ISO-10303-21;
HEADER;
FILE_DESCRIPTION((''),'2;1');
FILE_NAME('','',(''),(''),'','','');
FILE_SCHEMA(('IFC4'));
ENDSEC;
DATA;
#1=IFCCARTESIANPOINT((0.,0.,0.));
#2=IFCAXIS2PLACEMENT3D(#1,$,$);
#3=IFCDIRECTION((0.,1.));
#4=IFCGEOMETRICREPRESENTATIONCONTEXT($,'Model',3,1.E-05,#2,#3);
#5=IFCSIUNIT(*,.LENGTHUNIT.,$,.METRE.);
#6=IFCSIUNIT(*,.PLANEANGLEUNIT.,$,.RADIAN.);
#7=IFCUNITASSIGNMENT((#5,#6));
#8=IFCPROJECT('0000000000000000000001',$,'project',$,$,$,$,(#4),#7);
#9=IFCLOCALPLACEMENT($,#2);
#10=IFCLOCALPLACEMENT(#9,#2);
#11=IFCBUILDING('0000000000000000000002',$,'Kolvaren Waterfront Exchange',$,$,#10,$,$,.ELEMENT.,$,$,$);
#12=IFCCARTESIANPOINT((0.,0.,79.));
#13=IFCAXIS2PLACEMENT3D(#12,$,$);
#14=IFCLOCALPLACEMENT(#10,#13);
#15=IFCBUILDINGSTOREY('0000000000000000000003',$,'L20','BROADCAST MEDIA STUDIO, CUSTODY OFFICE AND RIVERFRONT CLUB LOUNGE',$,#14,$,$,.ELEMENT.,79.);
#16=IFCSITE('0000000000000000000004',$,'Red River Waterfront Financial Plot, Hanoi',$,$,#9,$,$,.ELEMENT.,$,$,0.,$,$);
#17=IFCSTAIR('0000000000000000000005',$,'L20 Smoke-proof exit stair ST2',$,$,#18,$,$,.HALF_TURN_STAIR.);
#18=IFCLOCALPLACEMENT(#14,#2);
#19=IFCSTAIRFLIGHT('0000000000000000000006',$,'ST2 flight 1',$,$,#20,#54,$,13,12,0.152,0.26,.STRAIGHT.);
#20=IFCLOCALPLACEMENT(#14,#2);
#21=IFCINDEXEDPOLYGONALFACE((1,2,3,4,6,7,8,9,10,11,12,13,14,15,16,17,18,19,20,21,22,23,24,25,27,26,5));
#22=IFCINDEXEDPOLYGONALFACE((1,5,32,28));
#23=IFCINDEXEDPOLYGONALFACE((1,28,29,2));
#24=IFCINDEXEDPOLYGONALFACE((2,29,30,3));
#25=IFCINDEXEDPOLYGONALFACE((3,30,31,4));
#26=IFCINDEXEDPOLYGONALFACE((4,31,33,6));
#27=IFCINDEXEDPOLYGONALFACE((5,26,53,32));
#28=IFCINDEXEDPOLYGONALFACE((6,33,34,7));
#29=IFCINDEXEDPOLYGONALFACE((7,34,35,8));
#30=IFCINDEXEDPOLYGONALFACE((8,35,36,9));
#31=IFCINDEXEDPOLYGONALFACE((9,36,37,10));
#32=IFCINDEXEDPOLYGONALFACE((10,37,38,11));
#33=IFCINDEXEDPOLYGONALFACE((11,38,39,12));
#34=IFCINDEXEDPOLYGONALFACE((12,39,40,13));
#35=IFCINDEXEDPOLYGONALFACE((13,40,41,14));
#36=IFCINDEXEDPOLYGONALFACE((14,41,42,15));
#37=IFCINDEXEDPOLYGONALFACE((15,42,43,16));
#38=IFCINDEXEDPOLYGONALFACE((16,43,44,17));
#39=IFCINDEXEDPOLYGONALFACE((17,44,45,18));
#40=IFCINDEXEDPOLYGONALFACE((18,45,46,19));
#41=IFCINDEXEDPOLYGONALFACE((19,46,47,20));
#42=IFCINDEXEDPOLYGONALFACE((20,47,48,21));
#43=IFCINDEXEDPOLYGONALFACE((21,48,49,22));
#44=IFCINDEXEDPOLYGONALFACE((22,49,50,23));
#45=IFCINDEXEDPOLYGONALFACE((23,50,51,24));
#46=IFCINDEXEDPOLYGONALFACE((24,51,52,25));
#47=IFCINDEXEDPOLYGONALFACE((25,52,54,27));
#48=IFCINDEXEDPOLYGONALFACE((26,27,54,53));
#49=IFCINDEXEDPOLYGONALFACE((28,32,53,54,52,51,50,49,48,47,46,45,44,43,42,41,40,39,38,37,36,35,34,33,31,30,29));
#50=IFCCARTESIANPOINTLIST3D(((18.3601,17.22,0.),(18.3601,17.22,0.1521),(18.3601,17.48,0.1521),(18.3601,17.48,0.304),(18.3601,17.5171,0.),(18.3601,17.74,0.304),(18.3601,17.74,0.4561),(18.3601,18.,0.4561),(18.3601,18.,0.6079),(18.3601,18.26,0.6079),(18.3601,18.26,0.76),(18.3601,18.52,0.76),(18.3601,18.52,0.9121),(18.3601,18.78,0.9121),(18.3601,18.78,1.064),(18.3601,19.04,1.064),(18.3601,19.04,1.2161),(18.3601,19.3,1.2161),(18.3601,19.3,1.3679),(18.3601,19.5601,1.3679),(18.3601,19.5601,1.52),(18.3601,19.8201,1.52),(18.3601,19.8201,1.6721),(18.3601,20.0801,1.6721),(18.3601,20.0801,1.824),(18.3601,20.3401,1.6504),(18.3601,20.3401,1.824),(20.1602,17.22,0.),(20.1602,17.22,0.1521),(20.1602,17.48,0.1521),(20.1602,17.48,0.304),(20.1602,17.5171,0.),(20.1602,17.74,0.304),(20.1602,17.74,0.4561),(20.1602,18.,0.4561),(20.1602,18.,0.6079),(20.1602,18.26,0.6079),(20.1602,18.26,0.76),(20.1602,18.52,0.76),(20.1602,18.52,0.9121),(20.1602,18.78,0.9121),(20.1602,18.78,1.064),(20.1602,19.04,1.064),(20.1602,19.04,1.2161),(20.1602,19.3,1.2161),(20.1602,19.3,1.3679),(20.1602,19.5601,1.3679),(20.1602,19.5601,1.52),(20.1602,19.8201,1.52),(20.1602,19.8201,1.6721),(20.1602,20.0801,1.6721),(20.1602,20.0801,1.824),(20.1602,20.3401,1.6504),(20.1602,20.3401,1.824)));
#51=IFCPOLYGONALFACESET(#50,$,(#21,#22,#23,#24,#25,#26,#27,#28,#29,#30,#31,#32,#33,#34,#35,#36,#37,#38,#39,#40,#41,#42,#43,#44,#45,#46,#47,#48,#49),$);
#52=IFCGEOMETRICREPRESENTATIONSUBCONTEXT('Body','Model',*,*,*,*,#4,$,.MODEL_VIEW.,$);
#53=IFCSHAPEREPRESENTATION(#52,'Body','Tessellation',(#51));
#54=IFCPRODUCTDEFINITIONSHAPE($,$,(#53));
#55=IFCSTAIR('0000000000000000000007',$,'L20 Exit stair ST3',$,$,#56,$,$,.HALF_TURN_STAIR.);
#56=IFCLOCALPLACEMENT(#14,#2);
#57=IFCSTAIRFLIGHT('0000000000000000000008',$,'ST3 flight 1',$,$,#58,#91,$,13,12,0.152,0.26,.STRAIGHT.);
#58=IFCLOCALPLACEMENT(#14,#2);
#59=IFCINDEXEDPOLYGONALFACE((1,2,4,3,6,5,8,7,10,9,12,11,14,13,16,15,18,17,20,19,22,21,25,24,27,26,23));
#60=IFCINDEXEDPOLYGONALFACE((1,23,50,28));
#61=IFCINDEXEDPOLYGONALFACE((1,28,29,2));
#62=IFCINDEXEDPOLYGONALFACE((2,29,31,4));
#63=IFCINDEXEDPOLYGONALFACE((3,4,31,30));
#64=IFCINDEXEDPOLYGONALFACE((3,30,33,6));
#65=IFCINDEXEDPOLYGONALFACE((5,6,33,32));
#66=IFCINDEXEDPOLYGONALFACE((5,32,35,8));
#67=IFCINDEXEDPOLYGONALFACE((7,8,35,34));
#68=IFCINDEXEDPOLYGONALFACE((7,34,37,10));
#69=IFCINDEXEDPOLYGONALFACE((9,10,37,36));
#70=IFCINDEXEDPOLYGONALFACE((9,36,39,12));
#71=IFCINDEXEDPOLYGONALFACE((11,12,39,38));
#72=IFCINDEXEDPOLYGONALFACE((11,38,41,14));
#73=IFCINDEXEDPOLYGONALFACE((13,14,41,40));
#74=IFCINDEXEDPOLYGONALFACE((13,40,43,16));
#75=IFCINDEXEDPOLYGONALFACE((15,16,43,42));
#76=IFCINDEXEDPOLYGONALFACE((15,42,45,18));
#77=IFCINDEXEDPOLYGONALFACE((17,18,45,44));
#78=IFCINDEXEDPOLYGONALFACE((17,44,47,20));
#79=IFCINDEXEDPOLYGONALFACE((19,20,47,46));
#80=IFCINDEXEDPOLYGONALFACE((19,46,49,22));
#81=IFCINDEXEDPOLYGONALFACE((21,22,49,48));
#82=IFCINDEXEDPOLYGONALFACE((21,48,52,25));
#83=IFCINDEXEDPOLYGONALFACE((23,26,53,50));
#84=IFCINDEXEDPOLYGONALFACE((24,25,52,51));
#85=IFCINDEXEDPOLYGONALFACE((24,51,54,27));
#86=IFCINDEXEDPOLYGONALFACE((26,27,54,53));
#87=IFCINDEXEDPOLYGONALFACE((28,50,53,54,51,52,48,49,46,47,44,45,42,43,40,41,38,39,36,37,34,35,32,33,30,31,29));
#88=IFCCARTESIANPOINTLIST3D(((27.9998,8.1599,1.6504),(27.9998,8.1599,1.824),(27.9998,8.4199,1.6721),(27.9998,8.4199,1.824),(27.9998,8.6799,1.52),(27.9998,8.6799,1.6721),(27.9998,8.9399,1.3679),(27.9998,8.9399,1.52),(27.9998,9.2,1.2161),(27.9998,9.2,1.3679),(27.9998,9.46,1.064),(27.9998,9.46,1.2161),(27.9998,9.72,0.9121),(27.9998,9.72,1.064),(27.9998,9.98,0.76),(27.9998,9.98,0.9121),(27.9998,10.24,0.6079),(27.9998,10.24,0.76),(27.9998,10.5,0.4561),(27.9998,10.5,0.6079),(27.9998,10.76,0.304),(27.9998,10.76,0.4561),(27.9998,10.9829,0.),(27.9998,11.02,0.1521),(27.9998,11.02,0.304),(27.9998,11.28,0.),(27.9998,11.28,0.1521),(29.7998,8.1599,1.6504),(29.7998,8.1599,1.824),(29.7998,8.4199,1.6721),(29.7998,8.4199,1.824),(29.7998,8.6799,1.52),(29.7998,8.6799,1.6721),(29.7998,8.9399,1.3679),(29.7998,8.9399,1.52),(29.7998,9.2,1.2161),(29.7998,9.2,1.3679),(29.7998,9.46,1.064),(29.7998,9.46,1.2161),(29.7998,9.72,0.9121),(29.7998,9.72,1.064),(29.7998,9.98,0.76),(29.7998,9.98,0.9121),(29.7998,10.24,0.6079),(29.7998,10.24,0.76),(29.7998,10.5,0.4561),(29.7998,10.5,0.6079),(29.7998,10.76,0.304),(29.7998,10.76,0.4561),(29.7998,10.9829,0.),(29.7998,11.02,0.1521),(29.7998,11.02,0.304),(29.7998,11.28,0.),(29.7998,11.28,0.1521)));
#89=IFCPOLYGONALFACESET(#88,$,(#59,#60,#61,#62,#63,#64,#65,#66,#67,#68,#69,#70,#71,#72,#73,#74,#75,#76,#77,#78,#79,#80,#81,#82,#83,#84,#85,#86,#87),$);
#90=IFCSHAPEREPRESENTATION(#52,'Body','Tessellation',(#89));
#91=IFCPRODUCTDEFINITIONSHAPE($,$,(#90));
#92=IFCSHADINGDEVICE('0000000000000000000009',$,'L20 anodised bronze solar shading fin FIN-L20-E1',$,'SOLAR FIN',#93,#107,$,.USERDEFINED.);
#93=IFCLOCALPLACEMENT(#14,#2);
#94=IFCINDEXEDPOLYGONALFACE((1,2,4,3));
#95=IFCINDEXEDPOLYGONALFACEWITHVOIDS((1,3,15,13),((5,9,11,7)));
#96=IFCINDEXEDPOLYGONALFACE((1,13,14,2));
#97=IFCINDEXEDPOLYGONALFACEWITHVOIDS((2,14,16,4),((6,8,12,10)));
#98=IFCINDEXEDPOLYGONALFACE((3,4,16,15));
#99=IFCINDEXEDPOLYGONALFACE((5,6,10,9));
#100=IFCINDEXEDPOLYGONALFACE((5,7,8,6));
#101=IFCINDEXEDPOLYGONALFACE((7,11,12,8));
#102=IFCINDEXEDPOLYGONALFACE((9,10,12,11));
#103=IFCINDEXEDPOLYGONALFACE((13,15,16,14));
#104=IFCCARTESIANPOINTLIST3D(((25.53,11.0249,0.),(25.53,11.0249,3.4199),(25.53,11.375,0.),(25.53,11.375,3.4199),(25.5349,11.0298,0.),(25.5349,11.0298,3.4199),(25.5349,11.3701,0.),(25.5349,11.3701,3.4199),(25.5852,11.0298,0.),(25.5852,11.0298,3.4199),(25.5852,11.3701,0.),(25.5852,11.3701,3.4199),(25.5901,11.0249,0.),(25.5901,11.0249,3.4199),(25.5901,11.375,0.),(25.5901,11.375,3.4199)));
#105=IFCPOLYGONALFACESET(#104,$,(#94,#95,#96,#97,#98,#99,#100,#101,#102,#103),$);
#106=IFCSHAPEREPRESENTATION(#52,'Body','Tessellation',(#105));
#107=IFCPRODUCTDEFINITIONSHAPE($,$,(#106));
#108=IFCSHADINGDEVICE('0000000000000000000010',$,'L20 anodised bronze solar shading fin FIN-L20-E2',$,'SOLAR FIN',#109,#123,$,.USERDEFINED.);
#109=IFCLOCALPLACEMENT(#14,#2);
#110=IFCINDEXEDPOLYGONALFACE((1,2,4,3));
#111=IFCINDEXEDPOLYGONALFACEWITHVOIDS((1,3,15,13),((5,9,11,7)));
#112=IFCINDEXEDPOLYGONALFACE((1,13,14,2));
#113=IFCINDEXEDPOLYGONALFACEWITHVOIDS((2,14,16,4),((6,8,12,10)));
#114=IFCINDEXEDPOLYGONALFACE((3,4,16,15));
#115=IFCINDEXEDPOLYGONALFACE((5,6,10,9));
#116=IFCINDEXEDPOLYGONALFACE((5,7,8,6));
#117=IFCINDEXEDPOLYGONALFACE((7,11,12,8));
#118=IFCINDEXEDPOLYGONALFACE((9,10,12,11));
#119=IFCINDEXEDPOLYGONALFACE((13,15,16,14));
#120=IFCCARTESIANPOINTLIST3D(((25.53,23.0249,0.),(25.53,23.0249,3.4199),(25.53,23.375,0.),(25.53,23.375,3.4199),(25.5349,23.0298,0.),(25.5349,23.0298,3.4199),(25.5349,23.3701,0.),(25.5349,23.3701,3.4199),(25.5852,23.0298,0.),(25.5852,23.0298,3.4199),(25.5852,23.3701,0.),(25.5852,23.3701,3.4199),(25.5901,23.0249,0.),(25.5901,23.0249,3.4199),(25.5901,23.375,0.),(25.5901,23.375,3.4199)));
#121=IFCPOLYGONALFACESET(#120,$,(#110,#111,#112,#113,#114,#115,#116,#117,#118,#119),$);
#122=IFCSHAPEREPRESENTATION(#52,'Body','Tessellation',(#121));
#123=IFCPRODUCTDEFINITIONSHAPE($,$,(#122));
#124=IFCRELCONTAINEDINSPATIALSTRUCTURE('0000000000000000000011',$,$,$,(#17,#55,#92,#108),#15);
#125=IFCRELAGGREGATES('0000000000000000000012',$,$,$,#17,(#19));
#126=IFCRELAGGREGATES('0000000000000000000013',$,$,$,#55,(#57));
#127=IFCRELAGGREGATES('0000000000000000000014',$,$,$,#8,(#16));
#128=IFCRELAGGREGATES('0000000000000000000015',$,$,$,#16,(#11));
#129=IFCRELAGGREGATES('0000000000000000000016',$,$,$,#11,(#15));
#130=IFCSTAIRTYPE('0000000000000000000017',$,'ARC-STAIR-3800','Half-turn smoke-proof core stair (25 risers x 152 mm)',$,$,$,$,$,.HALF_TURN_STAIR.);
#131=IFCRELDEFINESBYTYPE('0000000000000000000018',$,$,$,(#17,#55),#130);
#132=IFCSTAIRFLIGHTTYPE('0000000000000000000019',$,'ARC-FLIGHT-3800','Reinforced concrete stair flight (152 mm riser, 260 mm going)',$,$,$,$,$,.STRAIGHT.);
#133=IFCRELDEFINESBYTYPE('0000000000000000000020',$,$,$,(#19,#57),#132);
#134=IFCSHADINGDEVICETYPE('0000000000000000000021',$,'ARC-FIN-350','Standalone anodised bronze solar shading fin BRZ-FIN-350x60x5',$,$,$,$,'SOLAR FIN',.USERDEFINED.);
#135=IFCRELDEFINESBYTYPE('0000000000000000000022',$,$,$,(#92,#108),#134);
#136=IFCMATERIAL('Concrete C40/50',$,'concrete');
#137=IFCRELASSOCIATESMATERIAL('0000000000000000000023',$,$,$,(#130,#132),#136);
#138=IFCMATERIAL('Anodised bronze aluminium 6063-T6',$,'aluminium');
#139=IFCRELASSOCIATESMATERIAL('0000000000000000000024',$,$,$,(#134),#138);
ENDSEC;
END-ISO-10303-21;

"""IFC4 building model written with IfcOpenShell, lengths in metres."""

from ifc_helpers import new_model, si_unit, direction, frame, origin, origin_2d, place, context, subcontext, project, spatial, polyline, hollow_rectangle, outline, extrude, material, material_profile, profile_set, type_object, element, aggregate, save


model = new_model("IFC4")

# Units and contexts
model_context = context("Model", 3, precision=1e-05, world=origin(), true_north=direction((0.0, 1.0)))
body_context = subcontext(model_context, "Body", "Model", "MODEL_VIEW")
ifc_project = project(units=[si_unit("LENGTHUNIT", "METRE"), si_unit("PLANEANGLEUNIT", "RADIAN")], contexts=[model_context])

# Site, building, storey
site_placement = place(None, origin())
site = spatial("IfcSite", under=ifc_project, at=site_placement, Name="Red River Waterfront Financial Plot, Hanoi", CompositionType="ELEMENT", RefElevation=0.0)
building_placement = place(site_placement, origin())
building = spatial("IfcBuilding", under=site, at=building_placement, Name="Kolvaren Waterfront Exchange", CompositionType="ELEMENT")
storey_placement = place(building_placement, frame((0.0, 0.0, 79.0)))
storey = spatial("IfcBuildingStorey", under=building, at=storey_placement, Name="L20", Description="BROADCAST MEDIA STUDIO, CUSTODY OFFICE AND RIVERFRONT CLUB LOUNGE", CompositionType="ELEMENT", Elevation=79.0)

# Shared definitions
ifc_material_1 = material(Name="Concrete C40/50", Category="concrete")

# Stairs, stair flights
stair_type = type_object("IfcStairType", Name="ARC-STAIR-3800", Description="Half-turn smoke-proof core stair (25 risers x 152 mm)", PredefinedType="HALF_TURN_STAIR", material=ifc_material_1)
stair_1_placement = place(storey_placement, origin())
stair_1 = element("IfcStair", 1, at=stair_1_placement, inside=storey, type_object=stair_type, Name="L20 Smoke-proof exit stair ST2", PredefinedType="HALF_TURN_STAIR")
stair_flight_type = type_object("IfcStairFlightType", Name="ARC-FLIGHT-3800", Description="Reinforced concrete stair flight (152 mm riser, 260 mm going)", PredefinedType="STRAIGHT", material=ifc_material_1)
stair_flight_1_placement = place(storey_placement, frame((19.26, 17.22, 0.0), z_axis=(0.0, 0.0, 1.0), x_axis=(0.0, 1.0, 0.0)))
stair_flight_1 = element("IfcStairFlight", 2, at=stair_flight_1_placement, type_object=stair_flight_type, Name="ST2 flight 1", NumberOfRisers=13, NumberOfTreads=12, PredefinedType="STRAIGHT", RiserHeight=0.152, TreadLength=0.26, context=body_context, shape_type="SweptSolid", body=[
    extrude(outline(polyline([(0.0, 0.0), (0.0, 0.1521), (0.26, 0.1521), (0.26, 0.304), (0.52, 0.304), (0.52, 0.4561), (0.78, 0.4561), (0.78, 0.6079), (1.04, 0.6079), (1.04, 0.76), (1.3, 0.76), (1.3, 0.9121), (1.5601, 0.9121), (1.5601, 1.064), (1.8201, 1.064), (1.8201, 1.2161), (2.0801, 1.2161), (2.0801, 1.3679), (2.3401, 1.3679), (2.3401, 1.52), (2.6001, 1.52), (2.6001, 1.6721), (2.8601, 1.6721), (2.8601, 1.824), (3.1201, 1.824), (3.1201, 1.9761), (3.1201, 1.6504), (0.2971, 0.0), (0.0, 0.0)])), frame((0.0, 0.8999, 0.0), z_axis=(0.0, -1.0, 0.0), x_axis=(1.0, 0.0, 0.0)), (0.0, 0.0, 1.0), 1.8),
])
aggregate(stair_1, [stair_flight_1])
stair_2_placement = place(storey_placement, origin())
stair_2 = element("IfcStair", 3, at=stair_2_placement, inside=storey, type_object=stair_type, Name="L20 Exit stair ST3", PredefinedType="HALF_TURN_STAIR")
stair_flight_2_placement = place(storey_placement, frame((28.8999, 11.28, 0.0), z_axis=(0.0, 0.0, 1.0), x_axis=(0.0, -1.0, 0.0)))
stair_flight_2 = element("IfcStairFlight", 4, at=stair_flight_2_placement, type_object=stair_flight_type, Name="ST3 flight 1", NumberOfRisers=13, NumberOfTreads=12, PredefinedType="STRAIGHT", RiserHeight=0.152, TreadLength=0.26, context=body_context, shape_type="SweptSolid", body=[
    extrude(outline(polyline([(0.0, 0.0), (0.0, 0.1521), (0.26, 0.1521), (0.26, 0.304), (0.52, 0.304), (0.52, 0.4561), (0.78, 0.4561), (0.78, 0.6079), (1.04, 0.6079), (1.04, 0.76), (1.3, 0.76), (1.3, 0.9121), (1.5601, 0.9121), (1.5601, 1.064), (1.8201, 1.064), (1.8201, 1.2161), (2.0801, 1.2161), (2.0801, 1.3679), (2.3401, 1.3679), (2.3401, 1.52), (2.6001, 1.52), (2.6001, 1.6721), (2.8601, 1.6721), (2.8601, 1.824), (3.1201, 1.824), (3.1201, 1.9761), (3.1201, 1.6504), (0.2971, 0.0), (0.0, 0.0)])), frame((0.0, 0.8999, 0.0), z_axis=(0.0, -1.0, 0.0), x_axis=(1.0, 0.0, 0.0)), (0.0, 0.0, 1.0), 1.8),
])
aggregate(stair_2, [stair_flight_2])

# Shading devices
ifc_material_2 = material(Name="Anodised bronze aluminium 6063-T6", Category="aluminium")
ifc_material_profile_1 = material_profile(ifc_material_2, hollow_rectangle(XDim=0.0601, YDim=0.3501, WallThickness=0.0049, at=origin_2d()), Name="BRZ-FIN-350x60x5")
ifc_profile_set_1 = profile_set([ifc_material_profile_1], Name="Anodised bronze aluminium 6063-T6")
shading_device_type = type_object("IfcShadingDeviceType", Name="ARC-FIN-350", Description="Standalone anodised bronze solar shading fin BRZ-FIN-350x60x5", ElementType="SOLAR FIN", PredefinedType="USERDEFINED", material=ifc_profile_set_1)
for number, where, z_axis, x_axis, name in (
    (5, (25.5601, 11.2, 0.0), (0.0, 0.0, 1.0), (1.0, 0.0, 0.0), "L20 anodised bronze solar shading fin FIN-L20-E1"),
    (6, (25.5601, 23.2, 0.0), (0.0, 0.0, 1.0), (1.0, 0.0, 0.0), "L20 anodised bronze solar shading fin FIN-L20-E2"),
):
    element("IfcShadingDevice", number, at=place(storey_placement, frame(where, z_axis=z_axis, x_axis=x_axis)), inside=storey, type_object=shading_device_type, Name=name, ObjectType="SOLAR FIN", PredefinedType="USERDEFINED", context=body_context, shape_type="SweptSolid", body=[
        extrude(hollow_rectangle(XDim=0.0601, YDim=0.3501, WallThickness=0.0049, at=origin_2d()), origin(), (0.0, 0.0, 1.0), 3.4199),
    ])

save(model, "model.ifc")
